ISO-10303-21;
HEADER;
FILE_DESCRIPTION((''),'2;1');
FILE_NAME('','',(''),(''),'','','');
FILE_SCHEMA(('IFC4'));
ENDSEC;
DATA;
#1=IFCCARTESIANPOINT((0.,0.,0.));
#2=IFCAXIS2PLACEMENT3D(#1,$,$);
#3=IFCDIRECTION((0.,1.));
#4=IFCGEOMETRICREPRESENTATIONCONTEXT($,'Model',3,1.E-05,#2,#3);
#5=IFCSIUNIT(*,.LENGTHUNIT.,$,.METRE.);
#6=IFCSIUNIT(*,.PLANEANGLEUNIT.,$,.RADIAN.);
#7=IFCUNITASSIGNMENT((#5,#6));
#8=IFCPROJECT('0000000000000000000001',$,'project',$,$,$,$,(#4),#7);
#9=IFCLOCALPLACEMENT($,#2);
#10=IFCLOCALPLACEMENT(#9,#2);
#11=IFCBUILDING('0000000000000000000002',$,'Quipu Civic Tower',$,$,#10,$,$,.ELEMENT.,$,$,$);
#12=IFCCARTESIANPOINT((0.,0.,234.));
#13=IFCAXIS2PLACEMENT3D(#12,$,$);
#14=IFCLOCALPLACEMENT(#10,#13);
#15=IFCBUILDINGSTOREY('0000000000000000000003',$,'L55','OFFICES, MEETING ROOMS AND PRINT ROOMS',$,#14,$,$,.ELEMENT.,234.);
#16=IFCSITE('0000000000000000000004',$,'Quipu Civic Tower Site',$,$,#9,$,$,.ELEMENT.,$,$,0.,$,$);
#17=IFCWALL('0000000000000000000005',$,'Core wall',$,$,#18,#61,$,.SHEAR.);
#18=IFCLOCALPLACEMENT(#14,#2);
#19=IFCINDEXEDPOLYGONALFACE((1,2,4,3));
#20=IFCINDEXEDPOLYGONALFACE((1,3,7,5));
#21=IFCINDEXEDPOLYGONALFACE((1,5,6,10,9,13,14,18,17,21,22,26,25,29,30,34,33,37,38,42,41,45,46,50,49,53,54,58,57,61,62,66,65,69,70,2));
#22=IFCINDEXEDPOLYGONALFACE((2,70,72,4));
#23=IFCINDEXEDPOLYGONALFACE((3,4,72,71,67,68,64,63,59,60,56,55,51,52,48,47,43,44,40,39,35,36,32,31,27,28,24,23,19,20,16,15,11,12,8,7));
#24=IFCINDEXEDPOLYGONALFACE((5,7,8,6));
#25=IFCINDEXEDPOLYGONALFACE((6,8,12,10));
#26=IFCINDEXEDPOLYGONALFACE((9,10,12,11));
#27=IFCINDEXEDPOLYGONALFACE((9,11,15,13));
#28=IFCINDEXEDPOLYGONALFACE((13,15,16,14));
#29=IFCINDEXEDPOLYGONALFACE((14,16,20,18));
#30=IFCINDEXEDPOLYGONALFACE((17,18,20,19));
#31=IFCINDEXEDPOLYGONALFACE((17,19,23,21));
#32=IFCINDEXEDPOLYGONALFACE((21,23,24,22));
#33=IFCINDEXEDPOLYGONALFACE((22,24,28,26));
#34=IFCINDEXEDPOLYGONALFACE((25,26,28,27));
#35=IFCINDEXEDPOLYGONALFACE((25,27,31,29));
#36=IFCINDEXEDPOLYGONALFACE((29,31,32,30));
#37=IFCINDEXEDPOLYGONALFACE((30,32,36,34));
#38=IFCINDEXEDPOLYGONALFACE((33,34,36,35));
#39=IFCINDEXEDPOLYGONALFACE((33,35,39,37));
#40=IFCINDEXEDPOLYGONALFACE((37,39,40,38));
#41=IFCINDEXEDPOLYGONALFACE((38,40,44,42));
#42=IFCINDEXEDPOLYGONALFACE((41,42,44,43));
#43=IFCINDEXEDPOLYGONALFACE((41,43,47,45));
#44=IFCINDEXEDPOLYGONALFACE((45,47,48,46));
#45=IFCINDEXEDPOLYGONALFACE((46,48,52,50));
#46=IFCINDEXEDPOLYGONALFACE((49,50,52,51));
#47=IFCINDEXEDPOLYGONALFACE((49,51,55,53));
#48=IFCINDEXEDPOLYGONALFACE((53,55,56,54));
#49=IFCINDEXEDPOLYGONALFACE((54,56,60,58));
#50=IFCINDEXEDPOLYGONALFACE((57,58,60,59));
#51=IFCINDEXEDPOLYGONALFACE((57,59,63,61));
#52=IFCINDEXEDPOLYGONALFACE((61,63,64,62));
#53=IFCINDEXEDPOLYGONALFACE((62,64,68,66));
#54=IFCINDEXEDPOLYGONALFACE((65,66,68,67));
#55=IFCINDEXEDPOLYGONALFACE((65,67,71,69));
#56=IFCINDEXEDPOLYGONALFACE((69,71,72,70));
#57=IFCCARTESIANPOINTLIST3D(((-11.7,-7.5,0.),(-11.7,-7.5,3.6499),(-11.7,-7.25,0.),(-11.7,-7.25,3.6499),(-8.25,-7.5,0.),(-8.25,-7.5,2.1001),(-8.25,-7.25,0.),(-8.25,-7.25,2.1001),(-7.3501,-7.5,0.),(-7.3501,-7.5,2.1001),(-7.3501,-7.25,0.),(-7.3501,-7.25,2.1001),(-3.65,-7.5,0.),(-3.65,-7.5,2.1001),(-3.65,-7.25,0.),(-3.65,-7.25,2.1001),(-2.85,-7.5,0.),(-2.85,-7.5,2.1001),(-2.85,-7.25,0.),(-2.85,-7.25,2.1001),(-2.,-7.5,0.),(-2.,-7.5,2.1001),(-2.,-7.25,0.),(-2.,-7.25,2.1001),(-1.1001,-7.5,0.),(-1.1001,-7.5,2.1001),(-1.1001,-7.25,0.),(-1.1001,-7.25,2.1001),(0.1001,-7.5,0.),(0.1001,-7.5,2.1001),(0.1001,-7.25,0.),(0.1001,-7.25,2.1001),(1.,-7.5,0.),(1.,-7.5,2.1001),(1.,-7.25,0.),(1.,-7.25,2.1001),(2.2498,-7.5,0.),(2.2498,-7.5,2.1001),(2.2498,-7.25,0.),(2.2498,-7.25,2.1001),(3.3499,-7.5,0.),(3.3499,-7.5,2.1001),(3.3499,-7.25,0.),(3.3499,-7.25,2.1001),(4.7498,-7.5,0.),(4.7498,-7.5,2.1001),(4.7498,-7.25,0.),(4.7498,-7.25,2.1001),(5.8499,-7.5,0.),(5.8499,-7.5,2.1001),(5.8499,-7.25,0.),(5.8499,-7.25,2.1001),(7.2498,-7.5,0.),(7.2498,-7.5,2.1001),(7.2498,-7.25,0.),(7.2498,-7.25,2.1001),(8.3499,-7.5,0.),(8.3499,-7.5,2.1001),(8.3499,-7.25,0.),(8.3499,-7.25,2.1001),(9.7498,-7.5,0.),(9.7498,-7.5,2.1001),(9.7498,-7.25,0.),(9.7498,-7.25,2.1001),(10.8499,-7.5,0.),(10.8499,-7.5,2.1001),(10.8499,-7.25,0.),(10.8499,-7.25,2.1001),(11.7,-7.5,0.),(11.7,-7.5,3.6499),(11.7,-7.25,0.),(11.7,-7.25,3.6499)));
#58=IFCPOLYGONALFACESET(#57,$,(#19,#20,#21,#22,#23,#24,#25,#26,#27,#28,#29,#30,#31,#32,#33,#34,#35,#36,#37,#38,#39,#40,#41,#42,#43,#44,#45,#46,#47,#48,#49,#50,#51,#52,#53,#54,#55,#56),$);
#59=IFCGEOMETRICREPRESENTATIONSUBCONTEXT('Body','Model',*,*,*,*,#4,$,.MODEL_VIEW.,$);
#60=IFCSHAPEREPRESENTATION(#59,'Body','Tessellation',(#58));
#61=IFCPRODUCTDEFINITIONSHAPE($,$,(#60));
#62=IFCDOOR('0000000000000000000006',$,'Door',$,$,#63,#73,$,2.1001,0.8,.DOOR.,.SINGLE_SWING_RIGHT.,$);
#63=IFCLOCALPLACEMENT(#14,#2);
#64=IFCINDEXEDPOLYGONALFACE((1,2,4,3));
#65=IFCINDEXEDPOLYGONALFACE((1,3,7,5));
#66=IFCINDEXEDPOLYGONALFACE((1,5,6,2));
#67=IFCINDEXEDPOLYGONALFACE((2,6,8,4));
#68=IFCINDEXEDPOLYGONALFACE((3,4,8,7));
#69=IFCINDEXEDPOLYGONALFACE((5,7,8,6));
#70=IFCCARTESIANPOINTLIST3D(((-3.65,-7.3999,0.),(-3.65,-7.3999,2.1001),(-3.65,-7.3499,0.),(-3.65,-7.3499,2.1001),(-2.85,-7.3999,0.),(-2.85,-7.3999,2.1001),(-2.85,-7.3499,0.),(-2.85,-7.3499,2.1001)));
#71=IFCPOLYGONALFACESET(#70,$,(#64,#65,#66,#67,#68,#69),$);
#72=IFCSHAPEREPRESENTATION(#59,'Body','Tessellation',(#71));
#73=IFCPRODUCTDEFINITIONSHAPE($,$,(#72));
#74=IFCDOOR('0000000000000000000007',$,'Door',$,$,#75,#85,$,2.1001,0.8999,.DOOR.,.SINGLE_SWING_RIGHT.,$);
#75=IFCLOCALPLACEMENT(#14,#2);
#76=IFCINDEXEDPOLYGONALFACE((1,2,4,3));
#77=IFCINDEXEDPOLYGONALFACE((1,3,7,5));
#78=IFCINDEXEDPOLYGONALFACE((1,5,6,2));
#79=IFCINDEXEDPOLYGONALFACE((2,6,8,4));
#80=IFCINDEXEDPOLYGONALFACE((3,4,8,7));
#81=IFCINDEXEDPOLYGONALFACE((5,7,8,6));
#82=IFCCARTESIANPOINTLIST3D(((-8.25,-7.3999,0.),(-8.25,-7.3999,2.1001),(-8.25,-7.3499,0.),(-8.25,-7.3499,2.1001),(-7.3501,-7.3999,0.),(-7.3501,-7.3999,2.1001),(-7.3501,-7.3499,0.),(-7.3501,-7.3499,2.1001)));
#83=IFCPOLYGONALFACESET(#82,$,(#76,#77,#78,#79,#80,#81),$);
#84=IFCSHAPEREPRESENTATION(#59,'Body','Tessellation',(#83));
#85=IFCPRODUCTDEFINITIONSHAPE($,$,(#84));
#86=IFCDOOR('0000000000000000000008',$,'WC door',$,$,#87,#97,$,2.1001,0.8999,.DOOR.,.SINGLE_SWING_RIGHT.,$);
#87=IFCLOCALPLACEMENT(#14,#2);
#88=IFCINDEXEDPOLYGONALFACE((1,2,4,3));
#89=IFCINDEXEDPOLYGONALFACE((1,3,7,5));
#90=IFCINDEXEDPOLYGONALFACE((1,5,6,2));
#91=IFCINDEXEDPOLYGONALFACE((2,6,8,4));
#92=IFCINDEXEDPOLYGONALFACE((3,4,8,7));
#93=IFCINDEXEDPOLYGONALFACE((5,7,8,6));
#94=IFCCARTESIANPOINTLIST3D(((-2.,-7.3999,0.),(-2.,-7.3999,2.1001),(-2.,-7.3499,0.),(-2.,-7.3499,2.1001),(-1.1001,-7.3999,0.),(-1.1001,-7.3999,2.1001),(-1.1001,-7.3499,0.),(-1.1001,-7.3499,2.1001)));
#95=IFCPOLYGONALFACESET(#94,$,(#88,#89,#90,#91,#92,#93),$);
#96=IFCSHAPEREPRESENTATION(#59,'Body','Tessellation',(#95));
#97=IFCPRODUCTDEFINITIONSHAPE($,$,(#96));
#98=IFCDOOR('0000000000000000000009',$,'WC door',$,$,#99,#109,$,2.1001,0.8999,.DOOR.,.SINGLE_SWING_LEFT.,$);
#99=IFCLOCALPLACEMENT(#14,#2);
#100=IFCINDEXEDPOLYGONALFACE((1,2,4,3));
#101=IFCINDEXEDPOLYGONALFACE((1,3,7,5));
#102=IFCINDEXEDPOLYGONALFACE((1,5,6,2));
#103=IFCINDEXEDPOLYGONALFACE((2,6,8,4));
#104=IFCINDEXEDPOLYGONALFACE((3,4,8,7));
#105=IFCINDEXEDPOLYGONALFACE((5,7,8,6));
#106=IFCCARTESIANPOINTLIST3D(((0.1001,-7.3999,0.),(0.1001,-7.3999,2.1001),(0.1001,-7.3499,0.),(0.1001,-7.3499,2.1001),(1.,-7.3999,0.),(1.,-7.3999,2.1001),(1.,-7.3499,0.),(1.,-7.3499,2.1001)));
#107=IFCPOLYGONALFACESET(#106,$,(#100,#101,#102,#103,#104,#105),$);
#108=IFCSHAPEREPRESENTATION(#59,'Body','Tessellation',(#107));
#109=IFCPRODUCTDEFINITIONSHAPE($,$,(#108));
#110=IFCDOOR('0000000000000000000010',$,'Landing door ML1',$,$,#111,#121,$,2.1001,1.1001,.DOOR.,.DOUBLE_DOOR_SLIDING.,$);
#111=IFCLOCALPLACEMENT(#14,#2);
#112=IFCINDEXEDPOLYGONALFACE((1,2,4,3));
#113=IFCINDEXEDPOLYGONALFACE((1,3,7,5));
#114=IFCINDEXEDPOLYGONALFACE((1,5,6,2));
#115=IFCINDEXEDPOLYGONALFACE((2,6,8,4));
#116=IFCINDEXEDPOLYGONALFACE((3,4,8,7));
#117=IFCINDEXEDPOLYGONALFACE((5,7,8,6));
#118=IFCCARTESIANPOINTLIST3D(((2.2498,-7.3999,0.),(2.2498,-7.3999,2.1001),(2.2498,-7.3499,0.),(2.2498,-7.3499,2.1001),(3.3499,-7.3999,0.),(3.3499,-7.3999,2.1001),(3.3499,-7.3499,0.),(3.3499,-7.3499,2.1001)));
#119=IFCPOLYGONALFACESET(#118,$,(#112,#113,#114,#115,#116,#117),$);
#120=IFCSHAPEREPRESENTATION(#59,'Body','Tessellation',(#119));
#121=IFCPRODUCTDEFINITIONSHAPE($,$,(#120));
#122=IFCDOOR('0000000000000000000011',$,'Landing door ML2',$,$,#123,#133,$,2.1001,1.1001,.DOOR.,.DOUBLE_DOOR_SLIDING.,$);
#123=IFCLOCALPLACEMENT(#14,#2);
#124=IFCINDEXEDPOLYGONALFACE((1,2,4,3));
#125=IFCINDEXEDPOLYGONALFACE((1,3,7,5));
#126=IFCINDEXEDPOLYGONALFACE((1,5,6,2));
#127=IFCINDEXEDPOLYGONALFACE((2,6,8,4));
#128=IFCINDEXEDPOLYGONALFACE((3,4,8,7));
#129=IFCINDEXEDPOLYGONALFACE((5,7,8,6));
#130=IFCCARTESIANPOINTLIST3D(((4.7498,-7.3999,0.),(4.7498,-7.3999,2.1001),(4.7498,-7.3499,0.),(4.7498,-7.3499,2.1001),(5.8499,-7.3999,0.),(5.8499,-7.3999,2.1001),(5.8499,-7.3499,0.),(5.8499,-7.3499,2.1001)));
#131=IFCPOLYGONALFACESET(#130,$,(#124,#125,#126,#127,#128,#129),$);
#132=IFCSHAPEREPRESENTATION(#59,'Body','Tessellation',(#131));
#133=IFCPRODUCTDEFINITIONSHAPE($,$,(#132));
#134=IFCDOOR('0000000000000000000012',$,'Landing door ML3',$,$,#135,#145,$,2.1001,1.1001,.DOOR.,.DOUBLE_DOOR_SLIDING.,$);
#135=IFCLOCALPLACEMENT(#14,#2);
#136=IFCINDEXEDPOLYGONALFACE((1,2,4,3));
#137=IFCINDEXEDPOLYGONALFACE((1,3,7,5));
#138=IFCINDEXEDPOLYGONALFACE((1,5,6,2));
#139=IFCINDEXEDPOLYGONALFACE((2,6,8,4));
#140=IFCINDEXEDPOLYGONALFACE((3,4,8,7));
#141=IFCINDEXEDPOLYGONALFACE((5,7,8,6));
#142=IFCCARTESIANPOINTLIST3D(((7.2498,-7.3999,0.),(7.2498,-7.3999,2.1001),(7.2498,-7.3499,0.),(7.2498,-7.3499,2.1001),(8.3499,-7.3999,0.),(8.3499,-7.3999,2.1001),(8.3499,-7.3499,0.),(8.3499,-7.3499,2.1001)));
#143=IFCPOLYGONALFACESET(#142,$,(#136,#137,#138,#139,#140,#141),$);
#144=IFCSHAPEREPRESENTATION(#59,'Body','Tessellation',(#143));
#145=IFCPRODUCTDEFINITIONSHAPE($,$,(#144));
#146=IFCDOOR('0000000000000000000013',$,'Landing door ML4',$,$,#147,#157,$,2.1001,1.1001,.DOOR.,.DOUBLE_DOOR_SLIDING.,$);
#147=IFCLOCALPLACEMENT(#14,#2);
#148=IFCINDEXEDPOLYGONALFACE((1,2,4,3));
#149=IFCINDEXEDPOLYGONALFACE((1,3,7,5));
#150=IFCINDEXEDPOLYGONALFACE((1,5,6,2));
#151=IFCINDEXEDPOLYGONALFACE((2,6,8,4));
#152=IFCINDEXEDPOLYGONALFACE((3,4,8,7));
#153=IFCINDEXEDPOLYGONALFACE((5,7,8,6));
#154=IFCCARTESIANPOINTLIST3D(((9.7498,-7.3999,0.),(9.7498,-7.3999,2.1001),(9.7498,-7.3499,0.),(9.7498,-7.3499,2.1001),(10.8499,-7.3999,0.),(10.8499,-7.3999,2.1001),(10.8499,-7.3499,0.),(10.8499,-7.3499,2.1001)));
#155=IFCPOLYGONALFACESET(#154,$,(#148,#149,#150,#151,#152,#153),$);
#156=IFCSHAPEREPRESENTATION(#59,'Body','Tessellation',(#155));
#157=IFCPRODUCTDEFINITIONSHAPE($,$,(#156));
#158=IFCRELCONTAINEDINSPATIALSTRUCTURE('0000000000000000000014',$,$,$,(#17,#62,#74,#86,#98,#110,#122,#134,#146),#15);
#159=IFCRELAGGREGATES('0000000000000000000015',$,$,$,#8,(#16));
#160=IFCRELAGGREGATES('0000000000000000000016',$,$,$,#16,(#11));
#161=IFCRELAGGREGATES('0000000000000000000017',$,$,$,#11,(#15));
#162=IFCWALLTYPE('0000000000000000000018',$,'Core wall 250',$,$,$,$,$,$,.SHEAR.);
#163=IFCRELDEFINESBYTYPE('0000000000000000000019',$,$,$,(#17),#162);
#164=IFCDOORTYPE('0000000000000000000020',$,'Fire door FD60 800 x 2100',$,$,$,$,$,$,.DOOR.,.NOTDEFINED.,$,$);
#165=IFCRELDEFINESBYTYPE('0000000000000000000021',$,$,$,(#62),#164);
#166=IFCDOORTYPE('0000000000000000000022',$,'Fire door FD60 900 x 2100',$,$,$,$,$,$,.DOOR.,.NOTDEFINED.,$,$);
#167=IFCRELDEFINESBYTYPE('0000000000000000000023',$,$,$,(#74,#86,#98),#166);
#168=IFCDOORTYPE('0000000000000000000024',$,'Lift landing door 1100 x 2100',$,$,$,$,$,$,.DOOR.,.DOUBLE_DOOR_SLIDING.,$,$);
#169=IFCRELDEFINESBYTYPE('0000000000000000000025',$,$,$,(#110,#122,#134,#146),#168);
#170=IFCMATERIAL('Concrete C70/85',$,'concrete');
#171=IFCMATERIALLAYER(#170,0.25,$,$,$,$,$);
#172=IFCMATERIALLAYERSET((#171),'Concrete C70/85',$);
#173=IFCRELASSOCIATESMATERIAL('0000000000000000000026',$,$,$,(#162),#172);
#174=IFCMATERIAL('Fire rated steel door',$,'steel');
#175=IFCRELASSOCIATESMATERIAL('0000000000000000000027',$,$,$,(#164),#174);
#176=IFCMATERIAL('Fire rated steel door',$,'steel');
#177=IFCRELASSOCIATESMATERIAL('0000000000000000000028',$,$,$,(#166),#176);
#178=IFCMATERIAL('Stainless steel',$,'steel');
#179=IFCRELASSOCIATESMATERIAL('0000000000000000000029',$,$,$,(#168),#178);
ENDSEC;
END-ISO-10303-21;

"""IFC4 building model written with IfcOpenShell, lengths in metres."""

from ifc_helpers import new_model, si_unit, direction, frame, frame_2d, origin, place, context, subcontext, project, spatial, rectangle, extrude, material, layer, layer_set, type_object, element, fill, save


model = new_model("IFC4")

# Units and contexts
model_context = context("Model", 3, precision=1e-05, world=origin(), true_north=direction((0.0, 1.0)))
body_context = subcontext(model_context, "Body", "Model", "MODEL_VIEW")
ifc_project = project(units=[si_unit("LENGTHUNIT", "METRE"), si_unit("PLANEANGLEUNIT", "RADIAN")], contexts=[model_context])

# Site, building, storey
site_placement = place(None, origin())
site = spatial("IfcSite", under=ifc_project, at=site_placement, Name="Quipu Civic Tower Site", CompositionType="ELEMENT", RefElevation=0.0)
building_placement = place(site_placement, origin())
building = spatial("IfcBuilding", under=site, at=building_placement, Name="Quipu Civic Tower", CompositionType="ELEMENT")
storey_placement = place(building_placement, frame((0.0, 0.0, 234.0)))
storey = spatial("IfcBuildingStorey", under=building, at=storey_placement, Name="L55", Description="OFFICES, MEETING ROOMS AND PRINT ROOMS", CompositionType="ELEMENT", Elevation=234.0)

# Shared definitions
ifc_material_1 = material(Name="Concrete C70/85", Category="concrete")
ifc_layer_1 = layer(ifc_material_1, 0.25)
ifc_layer_set_1 = layer_set([ifc_layer_1], Name="Concrete C70/85")
wall_type_1 = type_object("IfcWallType", Name="Core wall 250", PredefinedType="SHEAR", material=ifc_layer_set_1)

# Wall, openings, doors
wall_1_placement = place(storey_placement, frame((11.7, -7.375, 0.0), z_axis=(0.0, 0.0, 1.0), x_axis=(-1.0, 0.0, 0.0)))
wall_1 = element("IfcWall", 1, at=wall_1_placement, inside=storey, type_object=wall_type_1, Name="Core wall", PredefinedType="SHEAR", context=body_context, shape_type="SweptSolid", body=[
    extrude(rectangle(XDim=23.3999, YDim=0.25, at=frame_2d((11.7, 0.0))), origin(), (0.0, 0.0, 1.0), 3.6499),
])
opening_1_placement = place(wall_1_placement, frame((19.05, 0.0, 0.0)))
opening_1 = element("IfcOpeningElement", 2, at=opening_1_placement, cuts=wall_1, PredefinedType="OPENING", context=body_context, shape_type="SweptSolid", body=[
    extrude(rectangle(XDim=0.8999, YDim=2.1001, at=frame_2d((0.45, 1.05))), frame((0.0, 0.135, 0.0), z_axis=(0.0, -1.0, 0.0), x_axis=(1.0, 0.0, 0.0)), (0.0, 0.0, 1.0), 0.27),
])
opening_2_placement = place(wall_1_placement, frame((14.55, 0.0, 0.0)))
opening_2 = element("IfcOpeningElement", 3, at=opening_2_placement, cuts=wall_1, PredefinedType="OPENING", context=body_context, shape_type="SweptSolid", body=[
    extrude(rectangle(XDim=0.8, YDim=2.1001, at=frame_2d((0.3999, 1.05))), frame((0.0, 0.135, 0.0), z_axis=(0.0, -1.0, 0.0), x_axis=(1.0, 0.0, 0.0)), (0.0, 0.0, 1.0), 0.27),
])
opening_3_placement = place(wall_1_placement, frame((12.8, 0.0, 0.0)))
opening_3 = element("IfcOpeningElement", 4, at=opening_3_placement, cuts=wall_1, PredefinedType="OPENING", context=body_context, shape_type="SweptSolid", body=[
    extrude(rectangle(XDim=0.8999, YDim=2.1001, at=frame_2d((0.45, 1.05))), frame((0.0, 0.135, 0.0), z_axis=(0.0, -1.0, 0.0), x_axis=(1.0, 0.0, 0.0)), (0.0, 0.0, 1.0), 0.27),
])
opening_4_placement = place(wall_1_placement, frame((10.7, 0.0, 0.0)))
opening_4 = element("IfcOpeningElement", 5, at=opening_4_placement, cuts=wall_1, PredefinedType="OPENING", context=body_context, shape_type="SweptSolid", body=[
    extrude(rectangle(XDim=0.8999, YDim=2.1001, at=frame_2d((0.45, 1.05))), frame((0.0, 0.135, 0.0), z_axis=(0.0, -1.0, 0.0), x_axis=(1.0, 0.0, 0.0)), (0.0, 0.0, 1.0), 0.27),
])
opening_5_placement = place(wall_1_placement, frame((8.3501, 0.0, 0.0)))
opening_5 = element("IfcOpeningElement", 6, at=opening_5_placement, cuts=wall_1, PredefinedType="OPENING", context=body_context, shape_type="SweptSolid", body=[
    extrude(rectangle(XDim=1.1001, YDim=2.1001, at=frame_2d((0.55, 1.05))), frame((0.0, 0.135, 0.0), z_axis=(0.0, -1.0, 0.0), x_axis=(1.0, 0.0, 0.0)), (0.0, 0.0, 1.0), 0.27),
])
opening_6_placement = place(wall_1_placement, frame((5.8501, 0.0, 0.0)))
opening_6 = element("IfcOpeningElement", 7, at=opening_6_placement, cuts=wall_1, PredefinedType="OPENING", context=body_context, shape_type="SweptSolid", body=[
    extrude(rectangle(XDim=1.1001, YDim=2.1001, at=frame_2d((0.55, 1.05))), frame((0.0, 0.135, 0.0), z_axis=(0.0, -1.0, 0.0), x_axis=(1.0, 0.0, 0.0)), (0.0, 0.0, 1.0), 0.27),
])
opening_7_placement = place(wall_1_placement, frame((3.3501, 0.0, 0.0)))
opening_7 = element("IfcOpeningElement", 8, at=opening_7_placement, cuts=wall_1, PredefinedType="OPENING", context=body_context, shape_type="SweptSolid", body=[
    extrude(rectangle(XDim=1.1001, YDim=2.1001, at=frame_2d((0.55, 1.05))), frame((0.0, 0.135, 0.0), z_axis=(0.0, -1.0, 0.0), x_axis=(1.0, 0.0, 0.0)), (0.0, 0.0, 1.0), 0.27),
])
opening_8_placement = place(wall_1_placement, frame((0.8501, 0.0, 0.0)))
opening_8 = element("IfcOpeningElement", 9, at=opening_8_placement, cuts=wall_1, PredefinedType="OPENING", context=body_context, shape_type="SweptSolid", body=[
    extrude(rectangle(XDim=1.1001, YDim=2.1001, at=frame_2d((0.55, 1.05))), frame((0.0, 0.135, 0.0), z_axis=(0.0, -1.0, 0.0), x_axis=(1.0, 0.0, 0.0)), (0.0, 0.0, 1.0), 0.27),
])
ifc_material_2 = material(Name="Fire rated steel door", Category="steel")
door_type_1 = type_object("IfcDoorType", Name="Fire door FD60 800 x 2100", OperationType="NOTDEFINED", PredefinedType="DOOR", material=ifc_material_2)
door_1_placement = place(opening_2_placement, origin())
door_1 = element("IfcDoor", 10, at=door_1_placement, inside=storey, type_object=door_type_1, Name="Door", OperationType="SINGLE_SWING_RIGHT", OverallHeight=2.1001, OverallWidth=0.8, PredefinedType="DOOR", context=body_context, shape_type="SweptSolid", body=[
    extrude(rectangle(XDim=0.8, YDim=2.1001, at=frame_2d((0.3999, 1.05))), frame((0.0, 0.0249, 0.0), z_axis=(0.0, -1.0, 0.0), x_axis=(1.0, 0.0, 0.0)), (0.0, 0.0, 1.0), 0.05),
])
fill(opening_2, door_1)
ifc_material_3 = material(Name="Fire rated steel door", Category="steel")
door_type_2 = type_object("IfcDoorType", Name="Fire door FD60 900 x 2100", OperationType="NOTDEFINED", PredefinedType="DOOR", material=ifc_material_3)
door_2_placement = place(opening_1_placement, origin())
door_2 = element("IfcDoor", 11, at=door_2_placement, inside=storey, type_object=door_type_2, Name="Door", OperationType="SINGLE_SWING_RIGHT", OverallHeight=2.1001, OverallWidth=0.8999, PredefinedType="DOOR", context=body_context, shape_type="SweptSolid", body=[
    extrude(rectangle(XDim=0.8999, YDim=2.1001, at=frame_2d((0.45, 1.05))), frame((0.0, 0.0249, 0.0), z_axis=(0.0, -1.0, 0.0), x_axis=(1.0, 0.0, 0.0)), (0.0, 0.0, 1.0), 0.05),
])
fill(opening_1, door_2)
door_3_placement = place(opening_3_placement, origin())
door_3 = element("IfcDoor", 12, at=door_3_placement, inside=storey, type_object=door_type_2, Name="WC door", OperationType="SINGLE_SWING_RIGHT", OverallHeight=2.1001, OverallWidth=0.8999, PredefinedType="DOOR", context=body_context, shape_type="SweptSolid", body=[
    extrude(rectangle(XDim=0.8999, YDim=2.1001, at=frame_2d((0.45, 1.05))), frame((0.0, 0.0249, 0.0), z_axis=(0.0, -1.0, 0.0), x_axis=(1.0, 0.0, 0.0)), (0.0, 0.0, 1.0), 0.05),
])
fill(opening_3, door_3)
door_4_placement = place(opening_4_placement, origin())
door_4 = element("IfcDoor", 13, at=door_4_placement, inside=storey, type_object=door_type_2, Name="WC door", OperationType="SINGLE_SWING_LEFT", OverallHeight=2.1001, OverallWidth=0.8999, PredefinedType="DOOR", context=body_context, shape_type="SweptSolid", body=[
    extrude(rectangle(XDim=0.8999, YDim=2.1001, at=frame_2d((0.45, 1.05))), frame((0.0, 0.0249, 0.0), z_axis=(0.0, -1.0, 0.0), x_axis=(1.0, 0.0, 0.0)), (0.0, 0.0, 1.0), 0.05),
])
fill(opening_4, door_4)
ifc_material_4 = material(Name="Stainless steel", Category="steel")
door_type_3 = type_object("IfcDoorType", Name="Lift landing door 1100 x 2100", OperationType="DOUBLE_DOOR_SLIDING", PredefinedType="DOOR", material=ifc_material_4)
door_5_placement = place(opening_5_placement, origin())
door_5 = element("IfcDoor", 14, at=door_5_placement, inside=storey, type_object=door_type_3, Name="Landing door ML1", OperationType="DOUBLE_DOOR_SLIDING", OverallHeight=2.1001, OverallWidth=1.1001, PredefinedType="DOOR", context=body_context, shape_type="SweptSolid", body=[
    extrude(rectangle(XDim=1.1001, YDim=2.1001, at=frame_2d((0.55, 1.05))), frame((0.0, 0.0249, 0.0), z_axis=(0.0, -1.0, 0.0), x_axis=(1.0, 0.0, 0.0)), (0.0, 0.0, 1.0), 0.05),
])
fill(opening_5, door_5)
door_6_placement = place(opening_6_placement, origin())
door_6 = element("IfcDoor", 15, at=door_6_placement, inside=storey, type_object=door_type_3, Name="Landing door ML2", OperationType="DOUBLE_DOOR_SLIDING", OverallHeight=2.1001, OverallWidth=1.1001, PredefinedType="DOOR", context=body_context, shape_type="SweptSolid", body=[
    extrude(rectangle(XDim=1.1001, YDim=2.1001, at=frame_2d((0.55, 1.05))), frame((0.0, 0.0249, 0.0), z_axis=(0.0, -1.0, 0.0), x_axis=(1.0, 0.0, 0.0)), (0.0, 0.0, 1.0), 0.05),
])
fill(opening_6, door_6)
door_7_placement = place(opening_7_placement, origin())
door_7 = element("IfcDoor", 16, at=door_7_placement, inside=storey, type_object=door_type_3, Name="Landing door ML3", OperationType="DOUBLE_DOOR_SLIDING", OverallHeight=2.1001, OverallWidth=1.1001, PredefinedType="DOOR", context=body_context, shape_type="SweptSolid", body=[
    extrude(rectangle(XDim=1.1001, YDim=2.1001, at=frame_2d((0.55, 1.05))), frame((0.0, 0.0249, 0.0), z_axis=(0.0, -1.0, 0.0), x_axis=(1.0, 0.0, 0.0)), (0.0, 0.0, 1.0), 0.05),
])
fill(opening_7, door_7)
door_8_placement = place(opening_8_placement, origin())
door_8 = element("IfcDoor", 17, at=door_8_placement, inside=storey, type_object=door_type_3, Name="Landing door ML4", OperationType="DOUBLE_DOOR_SLIDING", OverallHeight=2.1001, OverallWidth=1.1001, PredefinedType="DOOR", context=body_context, shape_type="SweptSolid", body=[
    extrude(rectangle(XDim=1.1001, YDim=2.1001, at=frame_2d((0.55, 1.05))), frame((0.0, 0.0249, 0.0), z_axis=(0.0, -1.0, 0.0), x_axis=(1.0, 0.0, 0.0)), (0.0, 0.0, 1.0), 0.05),
])
fill(opening_8, door_8)

save(model, "model.ifc")
